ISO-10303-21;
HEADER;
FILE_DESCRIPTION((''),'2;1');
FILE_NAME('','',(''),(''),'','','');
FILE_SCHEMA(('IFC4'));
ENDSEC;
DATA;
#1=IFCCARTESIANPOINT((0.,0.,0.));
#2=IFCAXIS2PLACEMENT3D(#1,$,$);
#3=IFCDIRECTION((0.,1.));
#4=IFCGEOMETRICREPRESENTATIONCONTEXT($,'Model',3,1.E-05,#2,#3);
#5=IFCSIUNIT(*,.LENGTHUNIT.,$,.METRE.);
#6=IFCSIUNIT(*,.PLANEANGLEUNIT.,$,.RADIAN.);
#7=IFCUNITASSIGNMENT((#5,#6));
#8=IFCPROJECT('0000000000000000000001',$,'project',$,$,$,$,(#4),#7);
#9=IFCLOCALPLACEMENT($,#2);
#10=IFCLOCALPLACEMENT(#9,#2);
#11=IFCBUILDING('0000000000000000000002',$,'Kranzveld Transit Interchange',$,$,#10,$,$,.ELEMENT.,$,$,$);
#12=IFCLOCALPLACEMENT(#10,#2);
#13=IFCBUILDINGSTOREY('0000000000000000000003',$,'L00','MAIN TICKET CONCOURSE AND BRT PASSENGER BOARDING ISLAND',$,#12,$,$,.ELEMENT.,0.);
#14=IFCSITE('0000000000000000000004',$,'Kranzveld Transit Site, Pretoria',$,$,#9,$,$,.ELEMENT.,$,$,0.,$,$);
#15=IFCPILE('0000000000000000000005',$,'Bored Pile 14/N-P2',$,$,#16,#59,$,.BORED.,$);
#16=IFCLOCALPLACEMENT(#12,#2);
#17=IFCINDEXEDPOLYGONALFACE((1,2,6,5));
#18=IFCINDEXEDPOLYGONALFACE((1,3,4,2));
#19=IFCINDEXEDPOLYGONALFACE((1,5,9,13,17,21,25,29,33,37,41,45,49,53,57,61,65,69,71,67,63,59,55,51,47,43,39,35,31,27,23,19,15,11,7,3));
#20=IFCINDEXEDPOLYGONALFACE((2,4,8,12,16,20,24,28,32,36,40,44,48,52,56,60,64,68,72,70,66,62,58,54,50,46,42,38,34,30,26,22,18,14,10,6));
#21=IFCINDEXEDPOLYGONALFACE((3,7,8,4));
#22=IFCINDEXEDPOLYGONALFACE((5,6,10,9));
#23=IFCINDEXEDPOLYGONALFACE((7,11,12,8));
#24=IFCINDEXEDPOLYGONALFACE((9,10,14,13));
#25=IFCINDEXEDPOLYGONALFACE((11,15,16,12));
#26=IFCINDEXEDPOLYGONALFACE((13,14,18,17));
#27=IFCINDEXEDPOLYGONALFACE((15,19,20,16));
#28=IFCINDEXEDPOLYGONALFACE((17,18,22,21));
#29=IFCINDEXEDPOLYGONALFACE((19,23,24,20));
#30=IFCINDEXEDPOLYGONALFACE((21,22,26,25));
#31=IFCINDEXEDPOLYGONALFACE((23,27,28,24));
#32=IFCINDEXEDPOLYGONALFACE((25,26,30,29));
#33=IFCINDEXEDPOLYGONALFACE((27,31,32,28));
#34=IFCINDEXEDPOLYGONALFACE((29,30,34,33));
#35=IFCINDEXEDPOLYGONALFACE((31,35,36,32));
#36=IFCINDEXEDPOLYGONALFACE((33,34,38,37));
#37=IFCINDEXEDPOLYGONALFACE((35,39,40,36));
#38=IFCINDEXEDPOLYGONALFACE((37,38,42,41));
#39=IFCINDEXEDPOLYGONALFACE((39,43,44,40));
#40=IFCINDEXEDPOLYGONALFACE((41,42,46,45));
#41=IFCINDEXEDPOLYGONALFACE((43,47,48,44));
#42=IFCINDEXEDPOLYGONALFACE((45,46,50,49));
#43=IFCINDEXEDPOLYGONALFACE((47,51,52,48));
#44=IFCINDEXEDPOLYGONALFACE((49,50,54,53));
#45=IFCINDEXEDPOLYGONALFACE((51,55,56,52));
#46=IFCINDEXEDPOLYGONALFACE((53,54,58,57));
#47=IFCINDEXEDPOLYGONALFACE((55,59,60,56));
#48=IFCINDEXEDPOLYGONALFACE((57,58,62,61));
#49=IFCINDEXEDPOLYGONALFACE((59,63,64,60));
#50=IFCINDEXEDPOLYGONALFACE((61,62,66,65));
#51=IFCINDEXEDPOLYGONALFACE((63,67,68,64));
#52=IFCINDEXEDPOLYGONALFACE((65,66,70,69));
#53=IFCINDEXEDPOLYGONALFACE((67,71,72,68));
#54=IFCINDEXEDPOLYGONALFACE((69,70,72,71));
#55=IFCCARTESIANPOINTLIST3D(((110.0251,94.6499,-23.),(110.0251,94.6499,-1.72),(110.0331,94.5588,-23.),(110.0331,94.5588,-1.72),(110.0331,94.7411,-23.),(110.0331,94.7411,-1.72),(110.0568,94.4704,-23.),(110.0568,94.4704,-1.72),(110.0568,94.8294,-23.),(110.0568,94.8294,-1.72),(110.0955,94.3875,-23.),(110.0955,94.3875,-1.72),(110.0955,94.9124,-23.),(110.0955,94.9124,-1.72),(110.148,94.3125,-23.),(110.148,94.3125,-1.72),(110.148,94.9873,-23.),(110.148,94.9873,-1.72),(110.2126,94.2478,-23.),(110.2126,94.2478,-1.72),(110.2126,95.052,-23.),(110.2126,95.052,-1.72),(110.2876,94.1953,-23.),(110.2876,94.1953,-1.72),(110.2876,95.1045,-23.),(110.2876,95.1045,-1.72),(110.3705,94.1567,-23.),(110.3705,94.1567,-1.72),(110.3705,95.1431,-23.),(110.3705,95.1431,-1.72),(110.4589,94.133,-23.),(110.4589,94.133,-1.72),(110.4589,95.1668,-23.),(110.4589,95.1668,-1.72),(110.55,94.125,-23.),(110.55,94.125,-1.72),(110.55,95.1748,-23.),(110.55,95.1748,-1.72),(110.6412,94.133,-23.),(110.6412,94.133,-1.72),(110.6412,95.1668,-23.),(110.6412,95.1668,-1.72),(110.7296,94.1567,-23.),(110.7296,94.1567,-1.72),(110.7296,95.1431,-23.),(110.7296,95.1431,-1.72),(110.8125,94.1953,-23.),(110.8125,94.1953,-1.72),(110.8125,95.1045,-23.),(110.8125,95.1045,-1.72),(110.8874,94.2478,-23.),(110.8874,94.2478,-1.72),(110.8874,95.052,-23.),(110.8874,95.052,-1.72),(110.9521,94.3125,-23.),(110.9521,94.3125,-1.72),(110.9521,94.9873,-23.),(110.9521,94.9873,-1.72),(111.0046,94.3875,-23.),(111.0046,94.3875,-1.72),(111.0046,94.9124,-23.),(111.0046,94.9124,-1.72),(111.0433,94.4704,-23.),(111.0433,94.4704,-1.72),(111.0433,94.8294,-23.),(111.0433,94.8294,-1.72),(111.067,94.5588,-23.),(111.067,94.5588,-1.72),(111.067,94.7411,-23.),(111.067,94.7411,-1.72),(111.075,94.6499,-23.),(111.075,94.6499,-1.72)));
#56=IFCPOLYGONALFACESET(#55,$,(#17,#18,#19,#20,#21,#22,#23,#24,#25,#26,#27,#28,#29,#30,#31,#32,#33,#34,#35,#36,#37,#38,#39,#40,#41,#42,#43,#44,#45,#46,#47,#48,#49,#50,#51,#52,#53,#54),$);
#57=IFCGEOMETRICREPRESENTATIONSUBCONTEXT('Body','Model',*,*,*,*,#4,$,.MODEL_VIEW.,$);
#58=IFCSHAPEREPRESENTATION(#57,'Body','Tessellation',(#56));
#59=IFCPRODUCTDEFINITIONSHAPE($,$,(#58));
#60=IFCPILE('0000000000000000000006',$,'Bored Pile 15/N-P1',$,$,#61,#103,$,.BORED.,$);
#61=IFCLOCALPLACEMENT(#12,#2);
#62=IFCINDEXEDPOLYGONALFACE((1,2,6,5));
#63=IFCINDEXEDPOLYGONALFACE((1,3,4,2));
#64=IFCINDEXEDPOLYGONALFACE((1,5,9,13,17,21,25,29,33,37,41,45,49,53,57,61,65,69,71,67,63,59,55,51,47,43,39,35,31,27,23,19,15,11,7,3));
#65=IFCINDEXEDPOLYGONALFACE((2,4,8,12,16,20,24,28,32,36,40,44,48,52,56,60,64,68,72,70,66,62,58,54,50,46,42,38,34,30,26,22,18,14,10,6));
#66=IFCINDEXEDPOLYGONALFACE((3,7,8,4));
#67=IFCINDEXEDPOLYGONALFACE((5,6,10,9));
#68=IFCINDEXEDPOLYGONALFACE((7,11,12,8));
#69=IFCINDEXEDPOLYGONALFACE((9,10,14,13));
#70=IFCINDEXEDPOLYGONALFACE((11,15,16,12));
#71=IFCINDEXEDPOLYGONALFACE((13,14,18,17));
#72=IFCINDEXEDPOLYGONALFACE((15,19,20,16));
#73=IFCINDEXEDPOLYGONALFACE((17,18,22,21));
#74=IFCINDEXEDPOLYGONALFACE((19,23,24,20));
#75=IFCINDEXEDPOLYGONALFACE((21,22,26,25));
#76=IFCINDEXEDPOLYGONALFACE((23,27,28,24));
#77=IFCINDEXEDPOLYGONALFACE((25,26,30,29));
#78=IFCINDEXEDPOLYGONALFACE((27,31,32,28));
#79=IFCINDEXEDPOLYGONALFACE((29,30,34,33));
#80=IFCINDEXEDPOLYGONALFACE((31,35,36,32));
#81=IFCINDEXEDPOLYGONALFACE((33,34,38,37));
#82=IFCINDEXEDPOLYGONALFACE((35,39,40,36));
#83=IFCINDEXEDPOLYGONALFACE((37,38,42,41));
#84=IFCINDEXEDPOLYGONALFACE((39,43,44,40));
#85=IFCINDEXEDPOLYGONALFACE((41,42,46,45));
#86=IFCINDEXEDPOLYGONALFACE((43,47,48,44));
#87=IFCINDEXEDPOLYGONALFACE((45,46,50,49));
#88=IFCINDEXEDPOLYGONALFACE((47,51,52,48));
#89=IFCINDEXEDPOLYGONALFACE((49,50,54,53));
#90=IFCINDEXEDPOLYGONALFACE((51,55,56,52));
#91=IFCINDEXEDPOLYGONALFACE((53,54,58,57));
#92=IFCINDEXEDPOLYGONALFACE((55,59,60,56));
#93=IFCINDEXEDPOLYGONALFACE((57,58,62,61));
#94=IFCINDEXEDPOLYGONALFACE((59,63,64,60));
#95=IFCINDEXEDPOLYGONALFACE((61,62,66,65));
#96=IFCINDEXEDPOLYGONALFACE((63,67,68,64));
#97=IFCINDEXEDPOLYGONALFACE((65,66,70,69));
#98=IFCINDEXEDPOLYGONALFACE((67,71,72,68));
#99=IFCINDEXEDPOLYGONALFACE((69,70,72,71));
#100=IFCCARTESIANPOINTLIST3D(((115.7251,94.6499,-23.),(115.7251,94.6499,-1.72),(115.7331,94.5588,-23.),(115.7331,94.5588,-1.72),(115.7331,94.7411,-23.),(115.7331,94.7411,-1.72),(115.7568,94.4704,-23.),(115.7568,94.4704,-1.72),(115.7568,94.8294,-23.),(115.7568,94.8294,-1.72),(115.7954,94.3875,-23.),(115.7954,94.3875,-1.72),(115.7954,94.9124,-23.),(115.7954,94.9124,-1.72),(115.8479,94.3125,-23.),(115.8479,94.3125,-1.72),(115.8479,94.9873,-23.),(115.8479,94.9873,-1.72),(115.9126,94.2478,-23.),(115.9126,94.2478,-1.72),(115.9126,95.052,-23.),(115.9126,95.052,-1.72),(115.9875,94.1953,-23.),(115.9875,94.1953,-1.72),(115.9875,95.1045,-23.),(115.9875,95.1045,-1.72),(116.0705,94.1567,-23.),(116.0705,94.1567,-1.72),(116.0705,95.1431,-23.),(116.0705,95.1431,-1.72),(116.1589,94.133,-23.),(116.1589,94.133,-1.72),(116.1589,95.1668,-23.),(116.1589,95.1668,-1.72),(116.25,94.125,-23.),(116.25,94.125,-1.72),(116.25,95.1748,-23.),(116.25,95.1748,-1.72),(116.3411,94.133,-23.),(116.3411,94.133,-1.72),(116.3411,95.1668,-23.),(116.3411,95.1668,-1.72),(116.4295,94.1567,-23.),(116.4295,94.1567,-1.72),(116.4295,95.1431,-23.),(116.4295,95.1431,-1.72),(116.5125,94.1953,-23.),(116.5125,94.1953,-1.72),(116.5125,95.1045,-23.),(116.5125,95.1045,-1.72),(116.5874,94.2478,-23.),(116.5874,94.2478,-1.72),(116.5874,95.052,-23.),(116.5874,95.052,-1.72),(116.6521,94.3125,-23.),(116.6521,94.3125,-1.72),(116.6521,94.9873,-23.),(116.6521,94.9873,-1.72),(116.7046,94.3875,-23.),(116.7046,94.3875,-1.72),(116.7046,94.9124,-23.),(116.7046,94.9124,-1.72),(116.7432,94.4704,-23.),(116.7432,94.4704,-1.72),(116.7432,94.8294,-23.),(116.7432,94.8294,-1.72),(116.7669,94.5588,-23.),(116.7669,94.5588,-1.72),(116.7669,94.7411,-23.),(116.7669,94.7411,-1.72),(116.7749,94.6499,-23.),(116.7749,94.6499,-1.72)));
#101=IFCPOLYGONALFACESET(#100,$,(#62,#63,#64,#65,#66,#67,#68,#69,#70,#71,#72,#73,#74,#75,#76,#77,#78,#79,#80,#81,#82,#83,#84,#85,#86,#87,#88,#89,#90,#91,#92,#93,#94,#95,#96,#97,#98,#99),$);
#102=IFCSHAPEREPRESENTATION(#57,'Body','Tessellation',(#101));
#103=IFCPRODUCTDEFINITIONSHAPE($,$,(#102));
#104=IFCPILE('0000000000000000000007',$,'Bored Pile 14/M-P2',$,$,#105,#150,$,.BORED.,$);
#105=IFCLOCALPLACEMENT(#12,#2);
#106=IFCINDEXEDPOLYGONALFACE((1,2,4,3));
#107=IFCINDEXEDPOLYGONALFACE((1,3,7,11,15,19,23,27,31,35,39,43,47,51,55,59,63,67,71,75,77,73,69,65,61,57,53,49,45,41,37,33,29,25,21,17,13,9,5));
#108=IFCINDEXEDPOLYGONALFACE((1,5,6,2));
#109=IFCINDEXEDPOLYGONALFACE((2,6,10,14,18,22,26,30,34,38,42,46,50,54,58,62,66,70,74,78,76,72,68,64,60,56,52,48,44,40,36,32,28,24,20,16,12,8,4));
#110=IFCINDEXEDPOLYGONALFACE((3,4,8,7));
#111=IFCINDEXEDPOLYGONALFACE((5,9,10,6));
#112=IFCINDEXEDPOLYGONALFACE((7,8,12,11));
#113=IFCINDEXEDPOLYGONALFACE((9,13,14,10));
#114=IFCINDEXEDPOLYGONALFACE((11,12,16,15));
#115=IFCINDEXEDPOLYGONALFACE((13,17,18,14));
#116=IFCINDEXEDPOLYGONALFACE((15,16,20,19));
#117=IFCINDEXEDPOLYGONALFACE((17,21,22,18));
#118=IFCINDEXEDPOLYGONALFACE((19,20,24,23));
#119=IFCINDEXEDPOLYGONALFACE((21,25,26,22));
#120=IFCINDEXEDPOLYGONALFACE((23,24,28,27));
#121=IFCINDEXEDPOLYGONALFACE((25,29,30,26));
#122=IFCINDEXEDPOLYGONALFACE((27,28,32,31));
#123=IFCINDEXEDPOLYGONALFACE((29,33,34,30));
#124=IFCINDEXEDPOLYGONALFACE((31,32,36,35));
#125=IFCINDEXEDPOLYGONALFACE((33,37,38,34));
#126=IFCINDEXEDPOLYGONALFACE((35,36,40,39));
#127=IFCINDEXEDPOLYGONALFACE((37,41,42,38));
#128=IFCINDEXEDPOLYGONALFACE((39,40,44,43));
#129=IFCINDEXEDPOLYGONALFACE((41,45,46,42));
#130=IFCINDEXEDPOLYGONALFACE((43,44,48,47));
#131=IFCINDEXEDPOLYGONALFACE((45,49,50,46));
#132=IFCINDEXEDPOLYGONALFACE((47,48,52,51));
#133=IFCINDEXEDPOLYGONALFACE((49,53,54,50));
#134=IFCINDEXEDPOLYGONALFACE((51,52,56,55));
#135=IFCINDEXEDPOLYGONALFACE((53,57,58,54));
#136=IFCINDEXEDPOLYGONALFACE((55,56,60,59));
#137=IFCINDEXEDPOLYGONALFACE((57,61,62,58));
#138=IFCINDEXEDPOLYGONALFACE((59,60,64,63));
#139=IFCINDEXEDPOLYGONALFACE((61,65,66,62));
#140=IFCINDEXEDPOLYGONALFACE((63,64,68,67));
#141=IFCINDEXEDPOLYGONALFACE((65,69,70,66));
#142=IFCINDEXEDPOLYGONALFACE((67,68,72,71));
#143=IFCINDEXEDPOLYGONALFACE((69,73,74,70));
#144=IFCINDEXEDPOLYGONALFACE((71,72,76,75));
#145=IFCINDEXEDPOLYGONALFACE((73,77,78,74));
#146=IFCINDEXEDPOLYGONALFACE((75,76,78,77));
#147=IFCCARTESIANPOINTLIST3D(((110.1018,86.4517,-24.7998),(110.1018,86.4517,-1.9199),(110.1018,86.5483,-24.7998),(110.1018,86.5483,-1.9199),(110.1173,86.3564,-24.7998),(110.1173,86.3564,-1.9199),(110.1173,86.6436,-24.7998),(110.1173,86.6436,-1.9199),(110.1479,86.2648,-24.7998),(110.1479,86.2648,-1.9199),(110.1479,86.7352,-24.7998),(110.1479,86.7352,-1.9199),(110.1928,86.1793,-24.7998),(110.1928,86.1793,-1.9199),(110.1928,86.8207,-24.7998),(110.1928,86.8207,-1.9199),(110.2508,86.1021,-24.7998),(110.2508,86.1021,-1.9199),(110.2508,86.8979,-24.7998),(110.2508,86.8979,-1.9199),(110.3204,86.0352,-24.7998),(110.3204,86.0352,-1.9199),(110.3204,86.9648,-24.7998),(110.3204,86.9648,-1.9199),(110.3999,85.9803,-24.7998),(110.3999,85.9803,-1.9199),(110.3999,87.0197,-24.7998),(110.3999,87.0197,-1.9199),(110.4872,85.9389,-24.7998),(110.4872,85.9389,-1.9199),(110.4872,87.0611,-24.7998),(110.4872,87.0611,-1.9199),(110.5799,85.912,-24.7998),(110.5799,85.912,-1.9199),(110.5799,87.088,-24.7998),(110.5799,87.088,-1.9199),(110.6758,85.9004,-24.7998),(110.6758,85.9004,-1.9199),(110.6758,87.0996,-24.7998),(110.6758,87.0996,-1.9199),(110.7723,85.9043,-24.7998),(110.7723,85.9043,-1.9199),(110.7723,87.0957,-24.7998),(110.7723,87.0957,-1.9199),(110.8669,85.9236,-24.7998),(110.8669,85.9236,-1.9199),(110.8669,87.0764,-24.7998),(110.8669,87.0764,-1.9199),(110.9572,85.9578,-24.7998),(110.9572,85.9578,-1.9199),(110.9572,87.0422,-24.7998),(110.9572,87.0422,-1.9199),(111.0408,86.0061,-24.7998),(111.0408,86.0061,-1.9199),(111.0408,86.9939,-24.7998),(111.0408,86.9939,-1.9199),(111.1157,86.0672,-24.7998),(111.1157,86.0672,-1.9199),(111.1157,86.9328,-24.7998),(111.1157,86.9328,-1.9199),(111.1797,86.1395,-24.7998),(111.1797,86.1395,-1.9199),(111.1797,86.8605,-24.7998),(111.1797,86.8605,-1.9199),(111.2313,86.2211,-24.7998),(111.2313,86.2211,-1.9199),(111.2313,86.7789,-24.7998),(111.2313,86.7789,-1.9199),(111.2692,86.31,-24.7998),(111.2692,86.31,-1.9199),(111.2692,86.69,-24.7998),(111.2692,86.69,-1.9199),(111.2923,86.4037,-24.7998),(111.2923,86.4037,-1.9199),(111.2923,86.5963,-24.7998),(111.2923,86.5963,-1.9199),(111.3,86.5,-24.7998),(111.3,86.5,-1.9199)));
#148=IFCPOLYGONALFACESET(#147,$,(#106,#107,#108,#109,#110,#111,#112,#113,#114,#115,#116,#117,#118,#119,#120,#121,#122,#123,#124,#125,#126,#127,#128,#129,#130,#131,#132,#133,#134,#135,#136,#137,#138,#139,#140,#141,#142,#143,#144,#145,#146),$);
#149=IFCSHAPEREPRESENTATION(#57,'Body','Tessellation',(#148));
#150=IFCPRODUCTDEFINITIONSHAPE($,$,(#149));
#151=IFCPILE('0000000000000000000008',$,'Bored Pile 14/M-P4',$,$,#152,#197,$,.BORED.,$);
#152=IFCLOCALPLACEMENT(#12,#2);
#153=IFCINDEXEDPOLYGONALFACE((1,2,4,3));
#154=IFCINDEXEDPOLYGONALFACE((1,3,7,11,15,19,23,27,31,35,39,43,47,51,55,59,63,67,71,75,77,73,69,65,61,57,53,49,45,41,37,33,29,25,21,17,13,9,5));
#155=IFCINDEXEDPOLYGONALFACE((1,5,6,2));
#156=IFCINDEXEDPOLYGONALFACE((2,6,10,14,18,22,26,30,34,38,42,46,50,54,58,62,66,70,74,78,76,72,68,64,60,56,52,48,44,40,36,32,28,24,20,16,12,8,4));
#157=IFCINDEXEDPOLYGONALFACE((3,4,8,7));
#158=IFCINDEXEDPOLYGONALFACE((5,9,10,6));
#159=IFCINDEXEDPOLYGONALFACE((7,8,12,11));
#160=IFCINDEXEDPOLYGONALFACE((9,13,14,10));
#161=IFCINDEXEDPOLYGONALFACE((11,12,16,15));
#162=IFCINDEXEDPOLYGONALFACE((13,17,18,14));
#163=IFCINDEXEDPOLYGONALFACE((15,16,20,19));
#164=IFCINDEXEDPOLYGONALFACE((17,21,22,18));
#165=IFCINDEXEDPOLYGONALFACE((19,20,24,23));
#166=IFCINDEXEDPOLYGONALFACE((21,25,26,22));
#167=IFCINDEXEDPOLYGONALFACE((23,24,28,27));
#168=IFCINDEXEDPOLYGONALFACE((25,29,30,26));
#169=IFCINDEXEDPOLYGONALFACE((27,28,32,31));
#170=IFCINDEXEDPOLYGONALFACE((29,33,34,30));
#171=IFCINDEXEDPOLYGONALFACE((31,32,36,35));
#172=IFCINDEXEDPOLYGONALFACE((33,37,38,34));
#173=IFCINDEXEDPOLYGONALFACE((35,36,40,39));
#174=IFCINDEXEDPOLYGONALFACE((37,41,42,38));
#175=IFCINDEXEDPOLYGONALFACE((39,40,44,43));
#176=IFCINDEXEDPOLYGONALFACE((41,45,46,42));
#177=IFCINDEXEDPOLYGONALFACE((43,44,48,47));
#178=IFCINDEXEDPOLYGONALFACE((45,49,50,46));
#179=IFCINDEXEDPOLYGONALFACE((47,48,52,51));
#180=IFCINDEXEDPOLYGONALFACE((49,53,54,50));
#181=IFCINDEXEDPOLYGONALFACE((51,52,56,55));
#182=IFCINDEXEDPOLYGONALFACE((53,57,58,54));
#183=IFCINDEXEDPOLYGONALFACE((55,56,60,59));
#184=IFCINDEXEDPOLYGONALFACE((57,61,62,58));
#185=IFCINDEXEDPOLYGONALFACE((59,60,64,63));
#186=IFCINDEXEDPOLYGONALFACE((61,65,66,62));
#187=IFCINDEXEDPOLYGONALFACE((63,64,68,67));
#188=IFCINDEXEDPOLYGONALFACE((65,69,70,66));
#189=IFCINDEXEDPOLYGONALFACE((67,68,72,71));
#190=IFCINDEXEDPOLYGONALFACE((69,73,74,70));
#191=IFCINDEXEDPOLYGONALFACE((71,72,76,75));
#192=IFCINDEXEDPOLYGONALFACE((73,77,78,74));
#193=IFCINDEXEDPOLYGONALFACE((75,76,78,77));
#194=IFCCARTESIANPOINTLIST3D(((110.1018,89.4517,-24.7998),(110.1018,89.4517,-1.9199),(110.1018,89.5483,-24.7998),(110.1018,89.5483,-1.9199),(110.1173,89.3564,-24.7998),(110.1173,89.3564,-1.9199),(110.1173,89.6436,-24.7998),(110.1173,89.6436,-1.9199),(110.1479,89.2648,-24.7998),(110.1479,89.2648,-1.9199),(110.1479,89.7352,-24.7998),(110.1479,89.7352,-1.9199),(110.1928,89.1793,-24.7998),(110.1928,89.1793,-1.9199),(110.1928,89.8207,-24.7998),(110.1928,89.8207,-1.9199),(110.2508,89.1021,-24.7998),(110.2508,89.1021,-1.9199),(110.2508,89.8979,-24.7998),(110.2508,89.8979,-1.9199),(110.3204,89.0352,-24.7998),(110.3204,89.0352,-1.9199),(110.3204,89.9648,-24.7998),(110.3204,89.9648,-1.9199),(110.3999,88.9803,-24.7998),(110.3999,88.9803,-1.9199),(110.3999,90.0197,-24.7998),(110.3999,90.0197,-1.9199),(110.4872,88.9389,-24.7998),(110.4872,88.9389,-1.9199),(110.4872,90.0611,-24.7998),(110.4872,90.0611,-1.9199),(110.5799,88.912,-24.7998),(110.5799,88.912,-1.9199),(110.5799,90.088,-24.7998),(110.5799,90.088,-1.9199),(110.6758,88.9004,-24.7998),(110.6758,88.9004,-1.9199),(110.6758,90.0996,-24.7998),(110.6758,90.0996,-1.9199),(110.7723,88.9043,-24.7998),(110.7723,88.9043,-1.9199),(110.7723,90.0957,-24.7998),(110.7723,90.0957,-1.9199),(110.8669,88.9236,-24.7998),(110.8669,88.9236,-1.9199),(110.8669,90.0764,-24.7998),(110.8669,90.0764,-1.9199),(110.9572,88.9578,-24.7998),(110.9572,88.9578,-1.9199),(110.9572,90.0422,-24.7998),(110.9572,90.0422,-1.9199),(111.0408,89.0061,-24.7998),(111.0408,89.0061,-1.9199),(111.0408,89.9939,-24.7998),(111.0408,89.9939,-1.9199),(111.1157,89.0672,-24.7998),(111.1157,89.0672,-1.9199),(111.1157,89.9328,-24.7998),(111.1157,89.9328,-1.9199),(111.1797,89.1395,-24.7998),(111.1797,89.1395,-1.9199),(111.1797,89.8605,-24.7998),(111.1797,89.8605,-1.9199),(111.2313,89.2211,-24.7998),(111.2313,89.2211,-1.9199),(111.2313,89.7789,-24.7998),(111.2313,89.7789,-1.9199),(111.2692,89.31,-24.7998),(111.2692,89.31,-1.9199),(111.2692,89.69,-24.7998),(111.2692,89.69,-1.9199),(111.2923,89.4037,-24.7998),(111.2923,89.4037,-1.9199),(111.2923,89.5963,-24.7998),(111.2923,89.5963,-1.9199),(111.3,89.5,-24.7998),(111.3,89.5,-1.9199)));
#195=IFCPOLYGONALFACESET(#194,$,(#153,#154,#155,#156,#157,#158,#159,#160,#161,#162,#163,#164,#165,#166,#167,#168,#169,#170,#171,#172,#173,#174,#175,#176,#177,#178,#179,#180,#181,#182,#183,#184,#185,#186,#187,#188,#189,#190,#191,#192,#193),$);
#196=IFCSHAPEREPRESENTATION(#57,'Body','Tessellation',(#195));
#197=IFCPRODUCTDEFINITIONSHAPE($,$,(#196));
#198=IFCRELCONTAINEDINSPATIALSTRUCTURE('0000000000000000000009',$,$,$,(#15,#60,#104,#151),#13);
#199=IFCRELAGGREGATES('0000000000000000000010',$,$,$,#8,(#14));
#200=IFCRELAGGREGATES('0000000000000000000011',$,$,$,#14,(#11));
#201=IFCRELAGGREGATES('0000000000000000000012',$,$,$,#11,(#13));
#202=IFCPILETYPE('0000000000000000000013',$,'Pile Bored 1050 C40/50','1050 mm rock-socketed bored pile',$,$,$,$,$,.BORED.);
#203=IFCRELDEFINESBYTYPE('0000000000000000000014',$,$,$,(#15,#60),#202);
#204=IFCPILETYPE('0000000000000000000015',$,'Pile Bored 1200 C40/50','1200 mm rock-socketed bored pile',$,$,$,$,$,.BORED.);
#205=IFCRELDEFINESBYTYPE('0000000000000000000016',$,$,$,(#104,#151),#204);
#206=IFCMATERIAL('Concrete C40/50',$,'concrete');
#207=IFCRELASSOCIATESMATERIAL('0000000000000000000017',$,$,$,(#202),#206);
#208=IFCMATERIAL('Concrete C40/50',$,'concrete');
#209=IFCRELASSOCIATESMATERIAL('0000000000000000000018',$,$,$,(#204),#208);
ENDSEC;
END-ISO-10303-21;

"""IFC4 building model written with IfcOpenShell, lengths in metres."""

from ifc_helpers import new_model, si_unit, direction, frame, origin, origin_2d, place, context, subcontext, project, spatial, circle, extrude, material, material_profile, profile_set, type_object, element, save


model = new_model("IFC4")

# Units and contexts
model_context = context("Model", 3, precision=1e-05, world=origin(), true_north=direction((0.0, 1.0)))
body_context = subcontext(model_context, "Body", "Model", "MODEL_VIEW")
ifc_project = project(units=[si_unit("LENGTHUNIT", "METRE"), si_unit("PLANEANGLEUNIT", "RADIAN")], contexts=[model_context])

# Site, building, storey
site_placement = place(None, origin())
site = spatial("IfcSite", under=ifc_project, at=site_placement, Name="Kranzveld Transit Site, Pretoria", CompositionType="ELEMENT", RefElevation=0.0)
building_placement = place(site_placement, origin())
building = spatial("IfcBuilding", under=site, at=building_placement, Name="Kranzveld Transit Interchange", CompositionType="ELEMENT")
storey_placement = place(building_placement, origin())
storey = spatial("IfcBuildingStorey", under=building, at=storey_placement, Name="L00", Description="MAIN TICKET CONCOURSE AND BRT PASSENGER BOARDING ISLAND", CompositionType="ELEMENT", Elevation=0.0)

# Piles
ifc_material_1 = material(Name="Concrete C40/50", Category="concrete")
ifc_material_profile_1 = material_profile(ifc_material_1, circle(Radius=0.5249, at=origin_2d()), Name="BORED PILE 1050")
ifc_profile_set_1 = profile_set([ifc_material_profile_1], Name="Concrete C40/50")
pile_type_1 = type_object("IfcPileType", Name="Pile Bored 1050 C40/50", Description="1050 mm rock-socketed bored pile", PredefinedType="BORED", material=ifc_profile_set_1)
for number, where, z_axis, x_axis, name in (
    (1, (110.55, 94.6499, -1.72), (0.0, 0.0, -1.0), (1.0, 0.0, 0.0), "Bored Pile 14/N-P2"),
    (2, (116.25, 94.6499, -1.72), (0.0, 0.0, -1.0), (1.0, 0.0, 0.0), "Bored Pile 15/N-P1"),
):
    element("IfcPile", number, at=place(storey_placement, frame(where, z_axis=z_axis, x_axis=x_axis)), inside=storey, type_object=pile_type_1, Name=name, PredefinedType="BORED", context=body_context, shape_type="SweptSolid", body=[
        extrude(circle(Radius=0.5249, at=origin_2d()), origin(), (0.0, 0.0, 1.0), 21.28),
    ])
ifc_material_2 = material(Name="Concrete C40/50", Category="concrete")
ifc_material_profile_2 = material_profile(ifc_material_2, circle(Radius=0.6001, at=origin_2d()), Name="BORED PILE 1200")
ifc_profile_set_2 = profile_set([ifc_material_profile_2], Name="Concrete C40/50")
pile_type_2 = type_object("IfcPileType", Name="Pile Bored 1200 C40/50", Description="1200 mm rock-socketed bored pile", PredefinedType="BORED", material=ifc_profile_set_2)
for number, where, z_axis, x_axis, name in (
    (3, (110.7, 86.5, -1.9199), (0.0, 0.0, -1.0), (1.0, 0.0, 0.0), "Bored Pile 14/M-P2"),
    (4, (110.7, 89.5, -1.9199), (0.0, 0.0, -1.0), (1.0, 0.0, 0.0), "Bored Pile 14/M-P4"),
):
    element("IfcPile", number, at=place(storey_placement, frame(where, z_axis=z_axis, x_axis=x_axis)), inside=storey, type_object=pile_type_2, Name=name, PredefinedType="BORED", context=body_context, shape_type="SweptSolid", body=[
        extrude(circle(Radius=0.6001, at=origin_2d()), origin(), (0.0, 0.0, 1.0), 22.8799),
    ])

save(model, "model.ifc")
